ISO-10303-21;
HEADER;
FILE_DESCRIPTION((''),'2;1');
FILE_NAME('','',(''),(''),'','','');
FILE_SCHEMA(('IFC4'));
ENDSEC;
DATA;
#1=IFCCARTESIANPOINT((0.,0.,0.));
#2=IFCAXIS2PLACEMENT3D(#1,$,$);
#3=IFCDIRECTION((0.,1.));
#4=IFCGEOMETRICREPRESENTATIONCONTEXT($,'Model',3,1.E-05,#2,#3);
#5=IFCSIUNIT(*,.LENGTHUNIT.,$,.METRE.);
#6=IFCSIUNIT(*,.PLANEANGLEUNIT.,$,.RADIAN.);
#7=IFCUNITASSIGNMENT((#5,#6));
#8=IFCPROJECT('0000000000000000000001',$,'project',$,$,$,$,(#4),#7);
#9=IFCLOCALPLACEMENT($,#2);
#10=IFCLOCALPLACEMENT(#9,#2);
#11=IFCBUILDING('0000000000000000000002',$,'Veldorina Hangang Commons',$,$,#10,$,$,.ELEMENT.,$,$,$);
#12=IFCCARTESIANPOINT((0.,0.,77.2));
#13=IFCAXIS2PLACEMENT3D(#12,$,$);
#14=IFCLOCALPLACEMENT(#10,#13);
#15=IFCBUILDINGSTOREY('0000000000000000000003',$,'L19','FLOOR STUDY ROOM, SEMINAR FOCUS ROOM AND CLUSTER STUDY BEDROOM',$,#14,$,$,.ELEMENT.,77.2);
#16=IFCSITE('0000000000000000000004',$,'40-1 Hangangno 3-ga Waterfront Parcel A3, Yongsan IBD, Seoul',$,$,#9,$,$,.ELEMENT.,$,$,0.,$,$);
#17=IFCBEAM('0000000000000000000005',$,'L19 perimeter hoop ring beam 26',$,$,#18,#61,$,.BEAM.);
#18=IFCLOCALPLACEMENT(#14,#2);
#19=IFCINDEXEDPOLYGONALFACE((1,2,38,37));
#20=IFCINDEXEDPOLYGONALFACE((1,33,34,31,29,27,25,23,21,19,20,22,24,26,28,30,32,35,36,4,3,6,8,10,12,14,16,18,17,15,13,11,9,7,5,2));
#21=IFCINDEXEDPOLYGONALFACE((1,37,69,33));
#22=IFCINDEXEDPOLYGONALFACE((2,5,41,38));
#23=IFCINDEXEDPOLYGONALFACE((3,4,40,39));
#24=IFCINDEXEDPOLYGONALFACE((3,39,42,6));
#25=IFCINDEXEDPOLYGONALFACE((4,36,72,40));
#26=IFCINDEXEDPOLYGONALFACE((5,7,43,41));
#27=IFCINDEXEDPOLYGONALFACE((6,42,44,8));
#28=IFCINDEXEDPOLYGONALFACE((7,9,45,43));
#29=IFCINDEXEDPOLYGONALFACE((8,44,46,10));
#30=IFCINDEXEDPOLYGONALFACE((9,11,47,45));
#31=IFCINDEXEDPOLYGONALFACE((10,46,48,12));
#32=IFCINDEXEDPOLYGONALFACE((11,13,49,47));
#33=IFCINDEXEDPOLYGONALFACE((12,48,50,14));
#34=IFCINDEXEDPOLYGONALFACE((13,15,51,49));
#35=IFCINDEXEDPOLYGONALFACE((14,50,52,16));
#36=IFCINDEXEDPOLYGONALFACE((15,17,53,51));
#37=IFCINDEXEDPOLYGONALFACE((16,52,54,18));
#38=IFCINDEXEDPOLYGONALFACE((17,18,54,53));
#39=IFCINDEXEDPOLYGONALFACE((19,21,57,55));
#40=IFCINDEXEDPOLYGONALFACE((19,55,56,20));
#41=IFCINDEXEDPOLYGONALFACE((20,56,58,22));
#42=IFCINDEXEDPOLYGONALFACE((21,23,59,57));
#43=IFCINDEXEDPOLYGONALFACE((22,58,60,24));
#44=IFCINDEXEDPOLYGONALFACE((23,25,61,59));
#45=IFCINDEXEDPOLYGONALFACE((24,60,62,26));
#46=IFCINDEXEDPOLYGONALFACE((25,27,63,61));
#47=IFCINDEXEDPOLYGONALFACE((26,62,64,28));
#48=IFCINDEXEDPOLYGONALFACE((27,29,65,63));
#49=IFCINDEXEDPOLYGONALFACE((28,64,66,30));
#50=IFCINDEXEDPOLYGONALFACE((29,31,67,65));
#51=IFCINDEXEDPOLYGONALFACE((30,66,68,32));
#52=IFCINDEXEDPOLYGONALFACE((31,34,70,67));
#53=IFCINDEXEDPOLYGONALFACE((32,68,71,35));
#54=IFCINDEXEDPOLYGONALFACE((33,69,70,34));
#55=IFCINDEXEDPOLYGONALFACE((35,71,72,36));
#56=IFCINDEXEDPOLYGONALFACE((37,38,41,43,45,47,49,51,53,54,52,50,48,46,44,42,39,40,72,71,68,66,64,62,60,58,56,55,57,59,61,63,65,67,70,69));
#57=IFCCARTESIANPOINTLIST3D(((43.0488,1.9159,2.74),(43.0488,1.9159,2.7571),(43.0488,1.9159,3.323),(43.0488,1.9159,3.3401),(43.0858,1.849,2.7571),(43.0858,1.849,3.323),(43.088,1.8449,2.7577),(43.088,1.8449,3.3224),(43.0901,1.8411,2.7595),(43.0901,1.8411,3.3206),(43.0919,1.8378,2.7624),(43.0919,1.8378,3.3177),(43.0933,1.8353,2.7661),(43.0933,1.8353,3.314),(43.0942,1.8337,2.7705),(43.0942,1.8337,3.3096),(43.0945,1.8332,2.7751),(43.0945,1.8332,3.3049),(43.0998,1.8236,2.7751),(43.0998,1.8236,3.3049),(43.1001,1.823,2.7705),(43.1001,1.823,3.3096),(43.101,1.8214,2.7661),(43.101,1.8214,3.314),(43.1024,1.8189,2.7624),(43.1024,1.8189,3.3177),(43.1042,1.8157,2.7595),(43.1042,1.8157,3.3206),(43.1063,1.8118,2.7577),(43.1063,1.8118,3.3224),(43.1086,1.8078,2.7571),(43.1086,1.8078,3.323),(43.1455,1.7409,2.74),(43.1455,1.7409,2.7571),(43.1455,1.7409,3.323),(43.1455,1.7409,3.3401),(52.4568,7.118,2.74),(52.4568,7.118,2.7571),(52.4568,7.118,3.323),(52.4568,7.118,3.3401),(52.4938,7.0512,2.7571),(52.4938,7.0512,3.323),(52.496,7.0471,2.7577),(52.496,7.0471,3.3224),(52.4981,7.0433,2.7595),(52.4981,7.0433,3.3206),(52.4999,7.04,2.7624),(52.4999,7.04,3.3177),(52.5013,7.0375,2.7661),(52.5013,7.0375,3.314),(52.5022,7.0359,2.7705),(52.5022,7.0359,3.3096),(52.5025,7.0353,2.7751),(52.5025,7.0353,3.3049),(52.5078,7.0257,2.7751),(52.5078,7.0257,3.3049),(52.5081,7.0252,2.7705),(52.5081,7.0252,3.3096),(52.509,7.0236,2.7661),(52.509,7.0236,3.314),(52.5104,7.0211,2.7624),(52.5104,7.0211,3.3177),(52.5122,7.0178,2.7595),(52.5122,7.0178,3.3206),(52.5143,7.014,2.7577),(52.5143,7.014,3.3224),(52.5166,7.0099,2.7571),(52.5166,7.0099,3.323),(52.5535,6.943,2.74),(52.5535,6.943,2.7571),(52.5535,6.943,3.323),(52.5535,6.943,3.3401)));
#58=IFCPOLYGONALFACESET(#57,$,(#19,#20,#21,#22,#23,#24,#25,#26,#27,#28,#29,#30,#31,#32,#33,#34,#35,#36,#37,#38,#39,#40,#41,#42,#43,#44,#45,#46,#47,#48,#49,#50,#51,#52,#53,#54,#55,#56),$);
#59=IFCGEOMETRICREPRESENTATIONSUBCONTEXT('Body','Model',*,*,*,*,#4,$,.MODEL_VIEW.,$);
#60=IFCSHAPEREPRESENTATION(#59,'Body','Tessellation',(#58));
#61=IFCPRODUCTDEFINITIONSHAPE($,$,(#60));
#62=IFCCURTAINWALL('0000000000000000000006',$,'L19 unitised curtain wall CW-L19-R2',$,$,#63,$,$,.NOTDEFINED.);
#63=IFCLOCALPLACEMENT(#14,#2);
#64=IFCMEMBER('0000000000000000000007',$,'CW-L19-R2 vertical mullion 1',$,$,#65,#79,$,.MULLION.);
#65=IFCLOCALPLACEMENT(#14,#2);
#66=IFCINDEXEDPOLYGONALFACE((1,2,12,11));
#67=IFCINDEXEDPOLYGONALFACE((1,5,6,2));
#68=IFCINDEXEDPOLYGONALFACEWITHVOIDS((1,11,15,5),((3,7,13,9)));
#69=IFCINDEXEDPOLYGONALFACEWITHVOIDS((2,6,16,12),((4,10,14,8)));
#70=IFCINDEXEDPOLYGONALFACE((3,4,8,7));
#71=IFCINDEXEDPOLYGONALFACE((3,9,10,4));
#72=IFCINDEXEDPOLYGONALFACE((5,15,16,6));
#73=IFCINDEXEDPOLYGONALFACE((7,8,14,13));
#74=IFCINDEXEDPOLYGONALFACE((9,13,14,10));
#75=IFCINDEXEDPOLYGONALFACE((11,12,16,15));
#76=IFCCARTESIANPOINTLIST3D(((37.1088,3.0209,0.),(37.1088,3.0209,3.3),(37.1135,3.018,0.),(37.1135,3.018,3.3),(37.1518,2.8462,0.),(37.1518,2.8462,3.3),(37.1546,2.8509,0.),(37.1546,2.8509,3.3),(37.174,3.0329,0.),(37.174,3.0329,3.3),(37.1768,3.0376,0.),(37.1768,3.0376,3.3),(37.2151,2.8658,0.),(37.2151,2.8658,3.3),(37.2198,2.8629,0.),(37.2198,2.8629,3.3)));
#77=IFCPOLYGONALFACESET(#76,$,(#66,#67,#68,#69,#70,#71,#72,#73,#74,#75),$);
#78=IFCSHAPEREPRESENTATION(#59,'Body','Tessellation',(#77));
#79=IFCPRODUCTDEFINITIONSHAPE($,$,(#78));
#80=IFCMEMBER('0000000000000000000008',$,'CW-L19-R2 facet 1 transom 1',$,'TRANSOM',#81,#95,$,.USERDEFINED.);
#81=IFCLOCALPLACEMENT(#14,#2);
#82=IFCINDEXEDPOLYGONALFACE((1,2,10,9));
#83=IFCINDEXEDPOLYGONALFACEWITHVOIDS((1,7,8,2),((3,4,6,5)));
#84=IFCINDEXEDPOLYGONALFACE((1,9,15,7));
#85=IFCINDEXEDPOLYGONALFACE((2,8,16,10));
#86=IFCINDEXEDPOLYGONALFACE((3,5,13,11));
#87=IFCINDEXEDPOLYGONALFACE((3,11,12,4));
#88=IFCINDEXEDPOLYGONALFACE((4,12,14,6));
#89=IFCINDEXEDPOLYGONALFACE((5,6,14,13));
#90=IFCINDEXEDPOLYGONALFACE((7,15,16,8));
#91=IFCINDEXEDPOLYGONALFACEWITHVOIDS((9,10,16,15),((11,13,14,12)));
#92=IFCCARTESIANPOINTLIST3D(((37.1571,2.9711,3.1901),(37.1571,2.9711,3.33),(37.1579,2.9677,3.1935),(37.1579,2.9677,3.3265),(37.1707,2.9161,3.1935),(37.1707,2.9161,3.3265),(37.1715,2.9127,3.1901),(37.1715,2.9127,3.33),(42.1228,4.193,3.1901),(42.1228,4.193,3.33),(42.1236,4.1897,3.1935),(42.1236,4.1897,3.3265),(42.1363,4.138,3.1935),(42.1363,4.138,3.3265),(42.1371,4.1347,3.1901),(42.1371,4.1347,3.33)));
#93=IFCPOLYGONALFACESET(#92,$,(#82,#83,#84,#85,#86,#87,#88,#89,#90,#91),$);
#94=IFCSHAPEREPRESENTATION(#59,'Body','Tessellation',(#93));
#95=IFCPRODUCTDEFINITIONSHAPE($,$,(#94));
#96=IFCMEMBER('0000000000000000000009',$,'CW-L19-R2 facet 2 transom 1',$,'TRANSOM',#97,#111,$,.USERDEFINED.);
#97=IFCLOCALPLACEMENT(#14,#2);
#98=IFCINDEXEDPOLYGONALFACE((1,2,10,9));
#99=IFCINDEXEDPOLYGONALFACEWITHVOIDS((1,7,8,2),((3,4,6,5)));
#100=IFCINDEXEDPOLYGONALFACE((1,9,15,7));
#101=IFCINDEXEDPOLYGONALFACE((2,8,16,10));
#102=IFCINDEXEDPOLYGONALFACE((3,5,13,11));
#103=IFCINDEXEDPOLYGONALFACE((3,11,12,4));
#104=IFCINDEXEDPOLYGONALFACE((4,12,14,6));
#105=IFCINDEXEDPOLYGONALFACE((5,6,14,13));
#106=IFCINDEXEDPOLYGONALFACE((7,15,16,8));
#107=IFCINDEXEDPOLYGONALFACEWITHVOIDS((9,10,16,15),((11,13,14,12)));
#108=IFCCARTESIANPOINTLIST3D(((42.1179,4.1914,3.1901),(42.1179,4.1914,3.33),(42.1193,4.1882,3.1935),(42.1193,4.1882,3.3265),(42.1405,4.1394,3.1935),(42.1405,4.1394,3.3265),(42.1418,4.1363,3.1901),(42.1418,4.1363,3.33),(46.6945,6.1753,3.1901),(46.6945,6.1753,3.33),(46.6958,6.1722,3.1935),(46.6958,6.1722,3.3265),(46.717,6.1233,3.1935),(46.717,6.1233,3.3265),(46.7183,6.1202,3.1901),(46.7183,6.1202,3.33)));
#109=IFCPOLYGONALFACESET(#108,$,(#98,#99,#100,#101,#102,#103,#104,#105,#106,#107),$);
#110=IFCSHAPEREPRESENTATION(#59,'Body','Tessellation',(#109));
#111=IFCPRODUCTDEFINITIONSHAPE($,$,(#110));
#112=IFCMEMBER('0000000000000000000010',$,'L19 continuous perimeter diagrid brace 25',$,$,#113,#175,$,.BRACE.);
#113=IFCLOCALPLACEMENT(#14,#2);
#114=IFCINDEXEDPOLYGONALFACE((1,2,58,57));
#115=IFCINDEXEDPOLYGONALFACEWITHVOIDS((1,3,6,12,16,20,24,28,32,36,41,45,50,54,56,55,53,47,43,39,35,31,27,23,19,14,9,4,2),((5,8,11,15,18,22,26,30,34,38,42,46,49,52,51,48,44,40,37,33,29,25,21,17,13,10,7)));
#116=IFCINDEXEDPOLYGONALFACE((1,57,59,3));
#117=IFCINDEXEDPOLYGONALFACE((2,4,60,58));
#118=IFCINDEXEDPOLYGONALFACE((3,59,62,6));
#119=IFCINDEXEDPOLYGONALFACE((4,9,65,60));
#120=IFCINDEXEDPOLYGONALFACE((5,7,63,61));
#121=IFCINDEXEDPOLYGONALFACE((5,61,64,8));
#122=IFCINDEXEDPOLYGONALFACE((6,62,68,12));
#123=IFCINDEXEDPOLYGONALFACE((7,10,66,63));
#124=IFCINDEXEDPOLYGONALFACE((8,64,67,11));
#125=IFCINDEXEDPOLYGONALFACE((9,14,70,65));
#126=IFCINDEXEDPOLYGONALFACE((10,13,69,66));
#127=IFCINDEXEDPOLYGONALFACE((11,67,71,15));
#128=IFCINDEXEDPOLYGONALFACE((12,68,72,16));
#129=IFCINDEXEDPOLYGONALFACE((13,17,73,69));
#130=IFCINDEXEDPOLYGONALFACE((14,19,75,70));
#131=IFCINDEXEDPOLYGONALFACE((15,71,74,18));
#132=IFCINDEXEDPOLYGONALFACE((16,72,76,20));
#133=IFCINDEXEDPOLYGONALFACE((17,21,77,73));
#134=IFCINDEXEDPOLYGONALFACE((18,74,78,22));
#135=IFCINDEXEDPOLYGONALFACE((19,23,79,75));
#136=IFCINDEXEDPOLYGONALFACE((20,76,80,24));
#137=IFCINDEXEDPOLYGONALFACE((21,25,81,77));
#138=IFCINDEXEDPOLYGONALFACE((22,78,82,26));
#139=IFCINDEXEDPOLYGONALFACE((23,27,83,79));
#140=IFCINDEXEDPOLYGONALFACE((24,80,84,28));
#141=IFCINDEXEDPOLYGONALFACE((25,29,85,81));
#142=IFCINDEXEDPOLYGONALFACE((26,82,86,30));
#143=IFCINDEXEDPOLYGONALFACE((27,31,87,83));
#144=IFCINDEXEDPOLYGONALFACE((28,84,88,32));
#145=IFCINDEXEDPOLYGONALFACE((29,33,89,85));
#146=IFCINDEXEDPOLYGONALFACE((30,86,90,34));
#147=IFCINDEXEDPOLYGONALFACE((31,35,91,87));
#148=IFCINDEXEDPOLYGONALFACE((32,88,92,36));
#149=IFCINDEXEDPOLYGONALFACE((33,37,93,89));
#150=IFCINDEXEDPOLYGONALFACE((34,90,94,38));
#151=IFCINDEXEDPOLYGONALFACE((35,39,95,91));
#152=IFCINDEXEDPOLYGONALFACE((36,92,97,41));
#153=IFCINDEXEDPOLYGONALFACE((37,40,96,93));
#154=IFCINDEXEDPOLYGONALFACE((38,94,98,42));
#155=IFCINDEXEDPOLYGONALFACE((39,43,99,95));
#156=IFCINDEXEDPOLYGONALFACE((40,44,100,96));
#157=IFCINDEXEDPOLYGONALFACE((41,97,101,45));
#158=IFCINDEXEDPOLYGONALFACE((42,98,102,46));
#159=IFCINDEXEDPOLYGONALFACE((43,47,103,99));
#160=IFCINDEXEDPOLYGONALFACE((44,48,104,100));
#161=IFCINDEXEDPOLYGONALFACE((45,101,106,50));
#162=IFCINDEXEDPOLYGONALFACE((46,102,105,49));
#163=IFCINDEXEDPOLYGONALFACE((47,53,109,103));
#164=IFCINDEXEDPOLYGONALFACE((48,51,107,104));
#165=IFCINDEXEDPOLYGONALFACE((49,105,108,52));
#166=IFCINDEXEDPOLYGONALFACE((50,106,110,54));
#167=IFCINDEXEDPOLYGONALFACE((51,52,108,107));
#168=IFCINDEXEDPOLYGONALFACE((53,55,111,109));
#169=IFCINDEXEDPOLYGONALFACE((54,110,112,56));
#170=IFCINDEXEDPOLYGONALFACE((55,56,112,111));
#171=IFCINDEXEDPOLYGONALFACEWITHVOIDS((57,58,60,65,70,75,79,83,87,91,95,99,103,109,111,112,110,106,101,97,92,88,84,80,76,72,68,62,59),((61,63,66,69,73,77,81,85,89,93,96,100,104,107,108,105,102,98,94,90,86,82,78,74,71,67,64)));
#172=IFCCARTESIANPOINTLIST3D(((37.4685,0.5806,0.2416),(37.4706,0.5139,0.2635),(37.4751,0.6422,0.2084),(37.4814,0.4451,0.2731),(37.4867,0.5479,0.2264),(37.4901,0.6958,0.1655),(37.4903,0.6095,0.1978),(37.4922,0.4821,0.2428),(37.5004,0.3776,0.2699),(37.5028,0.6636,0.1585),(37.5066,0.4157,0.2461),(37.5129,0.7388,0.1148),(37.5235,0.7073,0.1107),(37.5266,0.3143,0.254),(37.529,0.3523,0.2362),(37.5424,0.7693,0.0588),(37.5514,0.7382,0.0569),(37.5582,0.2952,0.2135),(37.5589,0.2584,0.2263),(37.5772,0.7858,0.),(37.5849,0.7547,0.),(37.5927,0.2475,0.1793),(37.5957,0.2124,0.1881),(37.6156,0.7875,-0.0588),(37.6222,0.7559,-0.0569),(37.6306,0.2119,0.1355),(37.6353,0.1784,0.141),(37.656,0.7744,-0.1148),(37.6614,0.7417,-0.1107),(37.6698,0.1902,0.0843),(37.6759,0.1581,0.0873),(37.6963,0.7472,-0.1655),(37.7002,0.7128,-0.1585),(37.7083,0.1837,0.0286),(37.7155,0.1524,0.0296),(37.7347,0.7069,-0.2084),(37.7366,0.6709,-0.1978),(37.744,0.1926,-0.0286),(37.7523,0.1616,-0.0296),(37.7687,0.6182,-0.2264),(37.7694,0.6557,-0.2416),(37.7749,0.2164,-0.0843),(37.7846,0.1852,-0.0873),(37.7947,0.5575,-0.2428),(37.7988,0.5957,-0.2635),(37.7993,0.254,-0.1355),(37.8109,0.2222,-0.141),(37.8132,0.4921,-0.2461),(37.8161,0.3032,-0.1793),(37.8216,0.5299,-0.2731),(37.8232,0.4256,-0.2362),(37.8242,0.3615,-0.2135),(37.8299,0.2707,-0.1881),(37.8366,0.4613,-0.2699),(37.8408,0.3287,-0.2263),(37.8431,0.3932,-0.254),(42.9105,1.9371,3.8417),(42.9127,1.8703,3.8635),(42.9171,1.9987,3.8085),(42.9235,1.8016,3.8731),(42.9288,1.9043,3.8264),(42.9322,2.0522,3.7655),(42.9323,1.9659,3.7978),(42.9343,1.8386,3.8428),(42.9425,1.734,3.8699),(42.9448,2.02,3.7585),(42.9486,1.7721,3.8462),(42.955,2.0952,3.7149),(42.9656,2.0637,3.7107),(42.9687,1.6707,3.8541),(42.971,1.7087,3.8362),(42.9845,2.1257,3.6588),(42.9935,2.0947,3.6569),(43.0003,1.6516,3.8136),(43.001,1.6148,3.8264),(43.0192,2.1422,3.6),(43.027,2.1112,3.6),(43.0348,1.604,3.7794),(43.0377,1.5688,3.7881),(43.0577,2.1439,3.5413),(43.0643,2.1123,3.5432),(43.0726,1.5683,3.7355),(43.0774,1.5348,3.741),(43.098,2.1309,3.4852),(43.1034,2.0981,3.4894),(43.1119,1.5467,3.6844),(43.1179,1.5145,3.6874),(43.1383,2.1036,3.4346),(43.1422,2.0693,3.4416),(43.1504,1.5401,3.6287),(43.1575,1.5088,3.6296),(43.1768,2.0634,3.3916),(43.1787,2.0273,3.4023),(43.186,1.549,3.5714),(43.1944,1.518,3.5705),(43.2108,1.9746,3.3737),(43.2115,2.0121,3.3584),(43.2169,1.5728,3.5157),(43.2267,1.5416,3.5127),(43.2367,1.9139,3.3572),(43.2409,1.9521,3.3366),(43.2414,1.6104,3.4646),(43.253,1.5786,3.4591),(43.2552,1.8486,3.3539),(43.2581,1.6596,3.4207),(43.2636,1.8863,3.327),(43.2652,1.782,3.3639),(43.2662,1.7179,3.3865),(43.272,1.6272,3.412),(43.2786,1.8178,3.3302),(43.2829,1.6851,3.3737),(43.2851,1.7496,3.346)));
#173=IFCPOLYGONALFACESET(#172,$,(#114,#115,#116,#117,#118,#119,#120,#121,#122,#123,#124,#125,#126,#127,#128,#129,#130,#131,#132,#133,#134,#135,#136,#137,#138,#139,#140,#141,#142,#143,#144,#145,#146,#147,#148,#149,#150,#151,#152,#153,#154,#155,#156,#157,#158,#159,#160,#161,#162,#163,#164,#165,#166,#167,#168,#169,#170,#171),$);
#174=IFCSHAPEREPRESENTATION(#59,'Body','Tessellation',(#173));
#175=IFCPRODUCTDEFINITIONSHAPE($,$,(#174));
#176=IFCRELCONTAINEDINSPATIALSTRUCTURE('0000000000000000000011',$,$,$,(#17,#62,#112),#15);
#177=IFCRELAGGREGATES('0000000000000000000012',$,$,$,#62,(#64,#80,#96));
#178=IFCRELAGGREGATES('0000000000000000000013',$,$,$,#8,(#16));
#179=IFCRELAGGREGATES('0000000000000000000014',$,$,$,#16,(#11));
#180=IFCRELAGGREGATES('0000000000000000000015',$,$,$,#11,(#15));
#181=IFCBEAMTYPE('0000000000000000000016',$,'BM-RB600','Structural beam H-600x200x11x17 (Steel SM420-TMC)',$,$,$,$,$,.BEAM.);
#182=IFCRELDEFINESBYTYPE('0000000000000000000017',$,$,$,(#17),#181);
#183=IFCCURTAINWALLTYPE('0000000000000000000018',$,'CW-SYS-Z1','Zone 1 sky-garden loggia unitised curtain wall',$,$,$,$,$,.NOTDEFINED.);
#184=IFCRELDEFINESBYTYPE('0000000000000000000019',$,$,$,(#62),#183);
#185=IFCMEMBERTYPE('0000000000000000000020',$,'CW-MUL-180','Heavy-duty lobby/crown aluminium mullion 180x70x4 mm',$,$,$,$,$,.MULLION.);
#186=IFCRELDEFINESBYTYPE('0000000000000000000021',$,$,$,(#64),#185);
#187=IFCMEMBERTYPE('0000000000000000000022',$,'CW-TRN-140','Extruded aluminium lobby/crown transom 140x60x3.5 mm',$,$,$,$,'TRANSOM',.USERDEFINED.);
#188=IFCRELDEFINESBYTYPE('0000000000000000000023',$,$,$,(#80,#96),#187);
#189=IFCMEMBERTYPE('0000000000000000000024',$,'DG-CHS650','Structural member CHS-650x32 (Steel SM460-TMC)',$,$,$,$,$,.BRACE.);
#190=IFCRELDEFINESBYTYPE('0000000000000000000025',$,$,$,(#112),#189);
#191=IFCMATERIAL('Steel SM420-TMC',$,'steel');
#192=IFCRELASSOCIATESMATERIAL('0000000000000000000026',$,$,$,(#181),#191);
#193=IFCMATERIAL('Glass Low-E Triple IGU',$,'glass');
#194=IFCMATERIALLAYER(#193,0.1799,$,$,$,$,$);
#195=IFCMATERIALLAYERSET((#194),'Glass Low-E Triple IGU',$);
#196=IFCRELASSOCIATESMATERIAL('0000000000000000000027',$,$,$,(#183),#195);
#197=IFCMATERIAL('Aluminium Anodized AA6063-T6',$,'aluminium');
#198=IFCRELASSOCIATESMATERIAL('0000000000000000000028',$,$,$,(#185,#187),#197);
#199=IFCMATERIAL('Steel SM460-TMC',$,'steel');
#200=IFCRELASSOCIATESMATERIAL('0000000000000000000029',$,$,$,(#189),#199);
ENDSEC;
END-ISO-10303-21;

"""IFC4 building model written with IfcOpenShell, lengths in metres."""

from ifc_helpers import new_model, si_unit, direction, frame, origin, origin_2d, place, context, subcontext, project, spatial, hollow_rectangle, hollow_circle, i_section, extrude, material, layer, layer_set, material_profile, profile_set, type_object, element, aggregate, save


model = new_model("IFC4")

# Units and contexts
model_context = context("Model", 3, precision=1e-05, world=origin(), true_north=direction((0.0, 1.0)))
body_context = subcontext(model_context, "Body", "Model", "MODEL_VIEW")
ifc_project = project(units=[si_unit("LENGTHUNIT", "METRE"), si_unit("PLANEANGLEUNIT", "RADIAN")], contexts=[model_context])

# Site, building, storey
site_placement = place(None, origin())
site = spatial("IfcSite", under=ifc_project, at=site_placement, Name="40-1 Hangangno 3-ga Waterfront Parcel A3, Yongsan IBD, Seoul", CompositionType="ELEMENT", RefElevation=0.0)
building_placement = place(site_placement, origin())
building = spatial("IfcBuilding", under=site, at=building_placement, Name="Veldorina Hangang Commons", CompositionType="ELEMENT")
storey_placement = place(building_placement, frame((0.0, 0.0, 77.2)))
storey = spatial("IfcBuildingStorey", under=building, at=storey_placement, Name="L19", Description="FLOOR STUDY ROOM, SEMINAR FOCUS ROOM AND CLUSTER STUDY BEDROOM", CompositionType="ELEMENT", Elevation=77.2)

# Beam
ifc_material_1 = material(Name="Steel SM420-TMC", Category="steel")
ifc_material_profile_1 = material_profile(ifc_material_1, i_section(OverallWidth=0.2, OverallDepth=0.6001, WebThickness=0.011, FlangeThickness=0.0171, FilletRadius=0.0181, at=origin_2d()), Name="H-600x200x11x17")
ifc_profile_set_1 = profile_set([ifc_material_profile_1], Name="Steel SM420-TMC")
beam_type = type_object("IfcBeamType", Name="BM-RB600", Description="Structural beam H-600x200x11x17 (Steel SM420-TMC)", PredefinedType="BEAM", material=ifc_profile_set_1)
beam_placement = place(storey_placement, frame((43.0972, 1.8284, 3.04), z_axis=(0.875123, 0.483901, 0.0), x_axis=(-0.483901, 0.875123, 0.0)))
element("IfcBeam", 1, at=beam_placement, inside=storey, type_object=beam_type, Name="L19 perimeter hoop ring beam 26", PredefinedType="BEAM", context=body_context, shape_type="SweptSolid", body=[
    extrude(i_section(OverallWidth=0.2, OverallDepth=0.6001, WebThickness=0.011, FlangeThickness=0.0171, FilletRadius=0.0181, at=origin_2d()), origin(), (0.0, 0.0, 1.0), 10.7505),
])

# Curtain wall, members
ifc_material_2 = material(Name="Glass Low-E Triple IGU", Category="glass")
ifc_layer_1 = layer(ifc_material_2, 0.1799)
ifc_layer_set_1 = layer_set([ifc_layer_1], Name="Glass Low-E Triple IGU")
curtain_wall_type = type_object("IfcCurtainWallType", Name="CW-SYS-Z1", Description="Zone 1 sky-garden loggia unitised curtain wall", PredefinedType="NOTDEFINED", material=ifc_layer_set_1)
curtain_wall_placement = place(storey_placement, origin())
curtain_wall = element("IfcCurtainWall", 2, at=curtain_wall_placement, inside=storey, type_object=curtain_wall_type, Name="L19 unitised curtain wall CW-L19-R2", PredefinedType="NOTDEFINED")
ifc_material_3 = material(Name="Aluminium Anodized AA6063-T6", Category="aluminium")
ifc_material_profile_2 = material_profile(ifc_material_3, hollow_rectangle(XDim=0.0701, YDim=0.1799, WallThickness=0.0039, at=origin_2d()), Name="ALU-RHS-180x70x4")
ifc_profile_set_2 = profile_set([ifc_material_profile_2], Name="Aluminium Anodized AA6063-T6")
member_type_1 = type_object("IfcMemberType", Name="CW-MUL-180", Description="Heavy-duty lobby/crown aluminium mullion 180x70x4 mm", PredefinedType="MULLION", material=ifc_profile_set_2)
member_1_placement = place(storey_placement, frame((37.1643, 2.9419, 0.0), z_axis=(0.0, 0.0, 1.0), x_axis=(0.971038, 0.238923, 0.0)))
member_1 = element("IfcMember", 3, at=member_1_placement, type_object=member_type_1, Name="CW-L19-R2 vertical mullion 1", PredefinedType="MULLION", context=body_context, shape_type="SweptSolid", body=[
    extrude(hollow_rectangle(XDim=0.0701, YDim=0.1799, WallThickness=0.0039, at=origin_2d()), origin(), (0.0, 0.0, 1.0), 3.3),
])
ifc_material_profile_3 = material_profile(ifc_material_3, hollow_rectangle(XDim=0.0601, YDim=0.1399, WallThickness=0.0034, at=origin_2d()), Name="ALU-RHS-140x60x3.5")
ifc_profile_set_3 = profile_set([ifc_material_profile_3], Name="Aluminium Anodized AA6063-T6")
member_type_2 = type_object("IfcMemberType", Name="CW-TRN-140", Description="Extruded aluminium lobby/crown transom 140x60x3.5 mm", ElementType="TRANSOM", PredefinedType="USERDEFINED", material=ifc_profile_set_3)
member_2_placement = place(storey_placement, frame((37.1643, 2.9419, 3.26), z_axis=(0.971032, 0.23895, 0.0), x_axis=(-0.23895, 0.971032, 0.0)))
member_2 = element("IfcMember", 4, at=member_2_placement, type_object=member_type_2, Name="CW-L19-R2 facet 1 transom 1", ObjectType="TRANSOM", PredefinedType="USERDEFINED", context=body_context, shape_type="SweptSolid", body=[
    extrude(hollow_rectangle(XDim=0.0601, YDim=0.1399, WallThickness=0.0034, at=origin_2d()), origin(), (0.0, 0.0, 1.0), 5.1138),
])
member_3_placement = place(storey_placement, frame((42.1299, 4.1638, 3.26), z_axis=(0.917499, 0.397738, 0.0), x_axis=(-0.397738, 0.917499, 0.0)))
member_3 = element("IfcMember", 5, at=member_3_placement, type_object=member_type_2, Name="CW-L19-R2 facet 2 transom 1", ObjectType="TRANSOM", PredefinedType="USERDEFINED", context=body_context, shape_type="SweptSolid", body=[
    extrude(hollow_rectangle(XDim=0.0601, YDim=0.1399, WallThickness=0.0034, at=origin_2d()), origin(), (0.0, 0.0, 1.0), 4.988),
])

# Member
ifc_material_4 = material(Name="Steel SM460-TMC", Category="steel")
ifc_material_profile_4 = material_profile(ifc_material_4, hollow_circle(Radius=0.325, WallThickness=0.032, at=origin_2d()), Name="CHS-650x32")
ifc_profile_set_4 = profile_set([ifc_material_profile_4], Name="Steel SM460-TMC")
member_type_3 = type_object("IfcMemberType", Name="DG-CHS650", Description="Structural member CHS-650x32 (Steel SM460-TMC)", PredefinedType="BRACE", material=ifc_profile_set_4)
member_4_placement = place(storey_placement, frame((37.6558, 0.4705, 0.0), z_axis=(0.816568, 0.203528, 0.540178), x_axis=(-0.241849, 0.970314, 0.0)))
element("IfcMember", 6, at=member_4_placement, inside=storey, type_object=member_type_3, Name="L19 continuous perimeter diagrid brace 25", PredefinedType="BRACE", context=body_context, shape_type="SweptSolid", body=[
    extrude(hollow_circle(Radius=0.325, WallThickness=0.032, at=origin_2d()), origin(), (0.0, 0.0, 1.0), 6.6646),
])

aggregate(curtain_wall, [member_1, member_2, member_3])

save(model, "model.ifc")
